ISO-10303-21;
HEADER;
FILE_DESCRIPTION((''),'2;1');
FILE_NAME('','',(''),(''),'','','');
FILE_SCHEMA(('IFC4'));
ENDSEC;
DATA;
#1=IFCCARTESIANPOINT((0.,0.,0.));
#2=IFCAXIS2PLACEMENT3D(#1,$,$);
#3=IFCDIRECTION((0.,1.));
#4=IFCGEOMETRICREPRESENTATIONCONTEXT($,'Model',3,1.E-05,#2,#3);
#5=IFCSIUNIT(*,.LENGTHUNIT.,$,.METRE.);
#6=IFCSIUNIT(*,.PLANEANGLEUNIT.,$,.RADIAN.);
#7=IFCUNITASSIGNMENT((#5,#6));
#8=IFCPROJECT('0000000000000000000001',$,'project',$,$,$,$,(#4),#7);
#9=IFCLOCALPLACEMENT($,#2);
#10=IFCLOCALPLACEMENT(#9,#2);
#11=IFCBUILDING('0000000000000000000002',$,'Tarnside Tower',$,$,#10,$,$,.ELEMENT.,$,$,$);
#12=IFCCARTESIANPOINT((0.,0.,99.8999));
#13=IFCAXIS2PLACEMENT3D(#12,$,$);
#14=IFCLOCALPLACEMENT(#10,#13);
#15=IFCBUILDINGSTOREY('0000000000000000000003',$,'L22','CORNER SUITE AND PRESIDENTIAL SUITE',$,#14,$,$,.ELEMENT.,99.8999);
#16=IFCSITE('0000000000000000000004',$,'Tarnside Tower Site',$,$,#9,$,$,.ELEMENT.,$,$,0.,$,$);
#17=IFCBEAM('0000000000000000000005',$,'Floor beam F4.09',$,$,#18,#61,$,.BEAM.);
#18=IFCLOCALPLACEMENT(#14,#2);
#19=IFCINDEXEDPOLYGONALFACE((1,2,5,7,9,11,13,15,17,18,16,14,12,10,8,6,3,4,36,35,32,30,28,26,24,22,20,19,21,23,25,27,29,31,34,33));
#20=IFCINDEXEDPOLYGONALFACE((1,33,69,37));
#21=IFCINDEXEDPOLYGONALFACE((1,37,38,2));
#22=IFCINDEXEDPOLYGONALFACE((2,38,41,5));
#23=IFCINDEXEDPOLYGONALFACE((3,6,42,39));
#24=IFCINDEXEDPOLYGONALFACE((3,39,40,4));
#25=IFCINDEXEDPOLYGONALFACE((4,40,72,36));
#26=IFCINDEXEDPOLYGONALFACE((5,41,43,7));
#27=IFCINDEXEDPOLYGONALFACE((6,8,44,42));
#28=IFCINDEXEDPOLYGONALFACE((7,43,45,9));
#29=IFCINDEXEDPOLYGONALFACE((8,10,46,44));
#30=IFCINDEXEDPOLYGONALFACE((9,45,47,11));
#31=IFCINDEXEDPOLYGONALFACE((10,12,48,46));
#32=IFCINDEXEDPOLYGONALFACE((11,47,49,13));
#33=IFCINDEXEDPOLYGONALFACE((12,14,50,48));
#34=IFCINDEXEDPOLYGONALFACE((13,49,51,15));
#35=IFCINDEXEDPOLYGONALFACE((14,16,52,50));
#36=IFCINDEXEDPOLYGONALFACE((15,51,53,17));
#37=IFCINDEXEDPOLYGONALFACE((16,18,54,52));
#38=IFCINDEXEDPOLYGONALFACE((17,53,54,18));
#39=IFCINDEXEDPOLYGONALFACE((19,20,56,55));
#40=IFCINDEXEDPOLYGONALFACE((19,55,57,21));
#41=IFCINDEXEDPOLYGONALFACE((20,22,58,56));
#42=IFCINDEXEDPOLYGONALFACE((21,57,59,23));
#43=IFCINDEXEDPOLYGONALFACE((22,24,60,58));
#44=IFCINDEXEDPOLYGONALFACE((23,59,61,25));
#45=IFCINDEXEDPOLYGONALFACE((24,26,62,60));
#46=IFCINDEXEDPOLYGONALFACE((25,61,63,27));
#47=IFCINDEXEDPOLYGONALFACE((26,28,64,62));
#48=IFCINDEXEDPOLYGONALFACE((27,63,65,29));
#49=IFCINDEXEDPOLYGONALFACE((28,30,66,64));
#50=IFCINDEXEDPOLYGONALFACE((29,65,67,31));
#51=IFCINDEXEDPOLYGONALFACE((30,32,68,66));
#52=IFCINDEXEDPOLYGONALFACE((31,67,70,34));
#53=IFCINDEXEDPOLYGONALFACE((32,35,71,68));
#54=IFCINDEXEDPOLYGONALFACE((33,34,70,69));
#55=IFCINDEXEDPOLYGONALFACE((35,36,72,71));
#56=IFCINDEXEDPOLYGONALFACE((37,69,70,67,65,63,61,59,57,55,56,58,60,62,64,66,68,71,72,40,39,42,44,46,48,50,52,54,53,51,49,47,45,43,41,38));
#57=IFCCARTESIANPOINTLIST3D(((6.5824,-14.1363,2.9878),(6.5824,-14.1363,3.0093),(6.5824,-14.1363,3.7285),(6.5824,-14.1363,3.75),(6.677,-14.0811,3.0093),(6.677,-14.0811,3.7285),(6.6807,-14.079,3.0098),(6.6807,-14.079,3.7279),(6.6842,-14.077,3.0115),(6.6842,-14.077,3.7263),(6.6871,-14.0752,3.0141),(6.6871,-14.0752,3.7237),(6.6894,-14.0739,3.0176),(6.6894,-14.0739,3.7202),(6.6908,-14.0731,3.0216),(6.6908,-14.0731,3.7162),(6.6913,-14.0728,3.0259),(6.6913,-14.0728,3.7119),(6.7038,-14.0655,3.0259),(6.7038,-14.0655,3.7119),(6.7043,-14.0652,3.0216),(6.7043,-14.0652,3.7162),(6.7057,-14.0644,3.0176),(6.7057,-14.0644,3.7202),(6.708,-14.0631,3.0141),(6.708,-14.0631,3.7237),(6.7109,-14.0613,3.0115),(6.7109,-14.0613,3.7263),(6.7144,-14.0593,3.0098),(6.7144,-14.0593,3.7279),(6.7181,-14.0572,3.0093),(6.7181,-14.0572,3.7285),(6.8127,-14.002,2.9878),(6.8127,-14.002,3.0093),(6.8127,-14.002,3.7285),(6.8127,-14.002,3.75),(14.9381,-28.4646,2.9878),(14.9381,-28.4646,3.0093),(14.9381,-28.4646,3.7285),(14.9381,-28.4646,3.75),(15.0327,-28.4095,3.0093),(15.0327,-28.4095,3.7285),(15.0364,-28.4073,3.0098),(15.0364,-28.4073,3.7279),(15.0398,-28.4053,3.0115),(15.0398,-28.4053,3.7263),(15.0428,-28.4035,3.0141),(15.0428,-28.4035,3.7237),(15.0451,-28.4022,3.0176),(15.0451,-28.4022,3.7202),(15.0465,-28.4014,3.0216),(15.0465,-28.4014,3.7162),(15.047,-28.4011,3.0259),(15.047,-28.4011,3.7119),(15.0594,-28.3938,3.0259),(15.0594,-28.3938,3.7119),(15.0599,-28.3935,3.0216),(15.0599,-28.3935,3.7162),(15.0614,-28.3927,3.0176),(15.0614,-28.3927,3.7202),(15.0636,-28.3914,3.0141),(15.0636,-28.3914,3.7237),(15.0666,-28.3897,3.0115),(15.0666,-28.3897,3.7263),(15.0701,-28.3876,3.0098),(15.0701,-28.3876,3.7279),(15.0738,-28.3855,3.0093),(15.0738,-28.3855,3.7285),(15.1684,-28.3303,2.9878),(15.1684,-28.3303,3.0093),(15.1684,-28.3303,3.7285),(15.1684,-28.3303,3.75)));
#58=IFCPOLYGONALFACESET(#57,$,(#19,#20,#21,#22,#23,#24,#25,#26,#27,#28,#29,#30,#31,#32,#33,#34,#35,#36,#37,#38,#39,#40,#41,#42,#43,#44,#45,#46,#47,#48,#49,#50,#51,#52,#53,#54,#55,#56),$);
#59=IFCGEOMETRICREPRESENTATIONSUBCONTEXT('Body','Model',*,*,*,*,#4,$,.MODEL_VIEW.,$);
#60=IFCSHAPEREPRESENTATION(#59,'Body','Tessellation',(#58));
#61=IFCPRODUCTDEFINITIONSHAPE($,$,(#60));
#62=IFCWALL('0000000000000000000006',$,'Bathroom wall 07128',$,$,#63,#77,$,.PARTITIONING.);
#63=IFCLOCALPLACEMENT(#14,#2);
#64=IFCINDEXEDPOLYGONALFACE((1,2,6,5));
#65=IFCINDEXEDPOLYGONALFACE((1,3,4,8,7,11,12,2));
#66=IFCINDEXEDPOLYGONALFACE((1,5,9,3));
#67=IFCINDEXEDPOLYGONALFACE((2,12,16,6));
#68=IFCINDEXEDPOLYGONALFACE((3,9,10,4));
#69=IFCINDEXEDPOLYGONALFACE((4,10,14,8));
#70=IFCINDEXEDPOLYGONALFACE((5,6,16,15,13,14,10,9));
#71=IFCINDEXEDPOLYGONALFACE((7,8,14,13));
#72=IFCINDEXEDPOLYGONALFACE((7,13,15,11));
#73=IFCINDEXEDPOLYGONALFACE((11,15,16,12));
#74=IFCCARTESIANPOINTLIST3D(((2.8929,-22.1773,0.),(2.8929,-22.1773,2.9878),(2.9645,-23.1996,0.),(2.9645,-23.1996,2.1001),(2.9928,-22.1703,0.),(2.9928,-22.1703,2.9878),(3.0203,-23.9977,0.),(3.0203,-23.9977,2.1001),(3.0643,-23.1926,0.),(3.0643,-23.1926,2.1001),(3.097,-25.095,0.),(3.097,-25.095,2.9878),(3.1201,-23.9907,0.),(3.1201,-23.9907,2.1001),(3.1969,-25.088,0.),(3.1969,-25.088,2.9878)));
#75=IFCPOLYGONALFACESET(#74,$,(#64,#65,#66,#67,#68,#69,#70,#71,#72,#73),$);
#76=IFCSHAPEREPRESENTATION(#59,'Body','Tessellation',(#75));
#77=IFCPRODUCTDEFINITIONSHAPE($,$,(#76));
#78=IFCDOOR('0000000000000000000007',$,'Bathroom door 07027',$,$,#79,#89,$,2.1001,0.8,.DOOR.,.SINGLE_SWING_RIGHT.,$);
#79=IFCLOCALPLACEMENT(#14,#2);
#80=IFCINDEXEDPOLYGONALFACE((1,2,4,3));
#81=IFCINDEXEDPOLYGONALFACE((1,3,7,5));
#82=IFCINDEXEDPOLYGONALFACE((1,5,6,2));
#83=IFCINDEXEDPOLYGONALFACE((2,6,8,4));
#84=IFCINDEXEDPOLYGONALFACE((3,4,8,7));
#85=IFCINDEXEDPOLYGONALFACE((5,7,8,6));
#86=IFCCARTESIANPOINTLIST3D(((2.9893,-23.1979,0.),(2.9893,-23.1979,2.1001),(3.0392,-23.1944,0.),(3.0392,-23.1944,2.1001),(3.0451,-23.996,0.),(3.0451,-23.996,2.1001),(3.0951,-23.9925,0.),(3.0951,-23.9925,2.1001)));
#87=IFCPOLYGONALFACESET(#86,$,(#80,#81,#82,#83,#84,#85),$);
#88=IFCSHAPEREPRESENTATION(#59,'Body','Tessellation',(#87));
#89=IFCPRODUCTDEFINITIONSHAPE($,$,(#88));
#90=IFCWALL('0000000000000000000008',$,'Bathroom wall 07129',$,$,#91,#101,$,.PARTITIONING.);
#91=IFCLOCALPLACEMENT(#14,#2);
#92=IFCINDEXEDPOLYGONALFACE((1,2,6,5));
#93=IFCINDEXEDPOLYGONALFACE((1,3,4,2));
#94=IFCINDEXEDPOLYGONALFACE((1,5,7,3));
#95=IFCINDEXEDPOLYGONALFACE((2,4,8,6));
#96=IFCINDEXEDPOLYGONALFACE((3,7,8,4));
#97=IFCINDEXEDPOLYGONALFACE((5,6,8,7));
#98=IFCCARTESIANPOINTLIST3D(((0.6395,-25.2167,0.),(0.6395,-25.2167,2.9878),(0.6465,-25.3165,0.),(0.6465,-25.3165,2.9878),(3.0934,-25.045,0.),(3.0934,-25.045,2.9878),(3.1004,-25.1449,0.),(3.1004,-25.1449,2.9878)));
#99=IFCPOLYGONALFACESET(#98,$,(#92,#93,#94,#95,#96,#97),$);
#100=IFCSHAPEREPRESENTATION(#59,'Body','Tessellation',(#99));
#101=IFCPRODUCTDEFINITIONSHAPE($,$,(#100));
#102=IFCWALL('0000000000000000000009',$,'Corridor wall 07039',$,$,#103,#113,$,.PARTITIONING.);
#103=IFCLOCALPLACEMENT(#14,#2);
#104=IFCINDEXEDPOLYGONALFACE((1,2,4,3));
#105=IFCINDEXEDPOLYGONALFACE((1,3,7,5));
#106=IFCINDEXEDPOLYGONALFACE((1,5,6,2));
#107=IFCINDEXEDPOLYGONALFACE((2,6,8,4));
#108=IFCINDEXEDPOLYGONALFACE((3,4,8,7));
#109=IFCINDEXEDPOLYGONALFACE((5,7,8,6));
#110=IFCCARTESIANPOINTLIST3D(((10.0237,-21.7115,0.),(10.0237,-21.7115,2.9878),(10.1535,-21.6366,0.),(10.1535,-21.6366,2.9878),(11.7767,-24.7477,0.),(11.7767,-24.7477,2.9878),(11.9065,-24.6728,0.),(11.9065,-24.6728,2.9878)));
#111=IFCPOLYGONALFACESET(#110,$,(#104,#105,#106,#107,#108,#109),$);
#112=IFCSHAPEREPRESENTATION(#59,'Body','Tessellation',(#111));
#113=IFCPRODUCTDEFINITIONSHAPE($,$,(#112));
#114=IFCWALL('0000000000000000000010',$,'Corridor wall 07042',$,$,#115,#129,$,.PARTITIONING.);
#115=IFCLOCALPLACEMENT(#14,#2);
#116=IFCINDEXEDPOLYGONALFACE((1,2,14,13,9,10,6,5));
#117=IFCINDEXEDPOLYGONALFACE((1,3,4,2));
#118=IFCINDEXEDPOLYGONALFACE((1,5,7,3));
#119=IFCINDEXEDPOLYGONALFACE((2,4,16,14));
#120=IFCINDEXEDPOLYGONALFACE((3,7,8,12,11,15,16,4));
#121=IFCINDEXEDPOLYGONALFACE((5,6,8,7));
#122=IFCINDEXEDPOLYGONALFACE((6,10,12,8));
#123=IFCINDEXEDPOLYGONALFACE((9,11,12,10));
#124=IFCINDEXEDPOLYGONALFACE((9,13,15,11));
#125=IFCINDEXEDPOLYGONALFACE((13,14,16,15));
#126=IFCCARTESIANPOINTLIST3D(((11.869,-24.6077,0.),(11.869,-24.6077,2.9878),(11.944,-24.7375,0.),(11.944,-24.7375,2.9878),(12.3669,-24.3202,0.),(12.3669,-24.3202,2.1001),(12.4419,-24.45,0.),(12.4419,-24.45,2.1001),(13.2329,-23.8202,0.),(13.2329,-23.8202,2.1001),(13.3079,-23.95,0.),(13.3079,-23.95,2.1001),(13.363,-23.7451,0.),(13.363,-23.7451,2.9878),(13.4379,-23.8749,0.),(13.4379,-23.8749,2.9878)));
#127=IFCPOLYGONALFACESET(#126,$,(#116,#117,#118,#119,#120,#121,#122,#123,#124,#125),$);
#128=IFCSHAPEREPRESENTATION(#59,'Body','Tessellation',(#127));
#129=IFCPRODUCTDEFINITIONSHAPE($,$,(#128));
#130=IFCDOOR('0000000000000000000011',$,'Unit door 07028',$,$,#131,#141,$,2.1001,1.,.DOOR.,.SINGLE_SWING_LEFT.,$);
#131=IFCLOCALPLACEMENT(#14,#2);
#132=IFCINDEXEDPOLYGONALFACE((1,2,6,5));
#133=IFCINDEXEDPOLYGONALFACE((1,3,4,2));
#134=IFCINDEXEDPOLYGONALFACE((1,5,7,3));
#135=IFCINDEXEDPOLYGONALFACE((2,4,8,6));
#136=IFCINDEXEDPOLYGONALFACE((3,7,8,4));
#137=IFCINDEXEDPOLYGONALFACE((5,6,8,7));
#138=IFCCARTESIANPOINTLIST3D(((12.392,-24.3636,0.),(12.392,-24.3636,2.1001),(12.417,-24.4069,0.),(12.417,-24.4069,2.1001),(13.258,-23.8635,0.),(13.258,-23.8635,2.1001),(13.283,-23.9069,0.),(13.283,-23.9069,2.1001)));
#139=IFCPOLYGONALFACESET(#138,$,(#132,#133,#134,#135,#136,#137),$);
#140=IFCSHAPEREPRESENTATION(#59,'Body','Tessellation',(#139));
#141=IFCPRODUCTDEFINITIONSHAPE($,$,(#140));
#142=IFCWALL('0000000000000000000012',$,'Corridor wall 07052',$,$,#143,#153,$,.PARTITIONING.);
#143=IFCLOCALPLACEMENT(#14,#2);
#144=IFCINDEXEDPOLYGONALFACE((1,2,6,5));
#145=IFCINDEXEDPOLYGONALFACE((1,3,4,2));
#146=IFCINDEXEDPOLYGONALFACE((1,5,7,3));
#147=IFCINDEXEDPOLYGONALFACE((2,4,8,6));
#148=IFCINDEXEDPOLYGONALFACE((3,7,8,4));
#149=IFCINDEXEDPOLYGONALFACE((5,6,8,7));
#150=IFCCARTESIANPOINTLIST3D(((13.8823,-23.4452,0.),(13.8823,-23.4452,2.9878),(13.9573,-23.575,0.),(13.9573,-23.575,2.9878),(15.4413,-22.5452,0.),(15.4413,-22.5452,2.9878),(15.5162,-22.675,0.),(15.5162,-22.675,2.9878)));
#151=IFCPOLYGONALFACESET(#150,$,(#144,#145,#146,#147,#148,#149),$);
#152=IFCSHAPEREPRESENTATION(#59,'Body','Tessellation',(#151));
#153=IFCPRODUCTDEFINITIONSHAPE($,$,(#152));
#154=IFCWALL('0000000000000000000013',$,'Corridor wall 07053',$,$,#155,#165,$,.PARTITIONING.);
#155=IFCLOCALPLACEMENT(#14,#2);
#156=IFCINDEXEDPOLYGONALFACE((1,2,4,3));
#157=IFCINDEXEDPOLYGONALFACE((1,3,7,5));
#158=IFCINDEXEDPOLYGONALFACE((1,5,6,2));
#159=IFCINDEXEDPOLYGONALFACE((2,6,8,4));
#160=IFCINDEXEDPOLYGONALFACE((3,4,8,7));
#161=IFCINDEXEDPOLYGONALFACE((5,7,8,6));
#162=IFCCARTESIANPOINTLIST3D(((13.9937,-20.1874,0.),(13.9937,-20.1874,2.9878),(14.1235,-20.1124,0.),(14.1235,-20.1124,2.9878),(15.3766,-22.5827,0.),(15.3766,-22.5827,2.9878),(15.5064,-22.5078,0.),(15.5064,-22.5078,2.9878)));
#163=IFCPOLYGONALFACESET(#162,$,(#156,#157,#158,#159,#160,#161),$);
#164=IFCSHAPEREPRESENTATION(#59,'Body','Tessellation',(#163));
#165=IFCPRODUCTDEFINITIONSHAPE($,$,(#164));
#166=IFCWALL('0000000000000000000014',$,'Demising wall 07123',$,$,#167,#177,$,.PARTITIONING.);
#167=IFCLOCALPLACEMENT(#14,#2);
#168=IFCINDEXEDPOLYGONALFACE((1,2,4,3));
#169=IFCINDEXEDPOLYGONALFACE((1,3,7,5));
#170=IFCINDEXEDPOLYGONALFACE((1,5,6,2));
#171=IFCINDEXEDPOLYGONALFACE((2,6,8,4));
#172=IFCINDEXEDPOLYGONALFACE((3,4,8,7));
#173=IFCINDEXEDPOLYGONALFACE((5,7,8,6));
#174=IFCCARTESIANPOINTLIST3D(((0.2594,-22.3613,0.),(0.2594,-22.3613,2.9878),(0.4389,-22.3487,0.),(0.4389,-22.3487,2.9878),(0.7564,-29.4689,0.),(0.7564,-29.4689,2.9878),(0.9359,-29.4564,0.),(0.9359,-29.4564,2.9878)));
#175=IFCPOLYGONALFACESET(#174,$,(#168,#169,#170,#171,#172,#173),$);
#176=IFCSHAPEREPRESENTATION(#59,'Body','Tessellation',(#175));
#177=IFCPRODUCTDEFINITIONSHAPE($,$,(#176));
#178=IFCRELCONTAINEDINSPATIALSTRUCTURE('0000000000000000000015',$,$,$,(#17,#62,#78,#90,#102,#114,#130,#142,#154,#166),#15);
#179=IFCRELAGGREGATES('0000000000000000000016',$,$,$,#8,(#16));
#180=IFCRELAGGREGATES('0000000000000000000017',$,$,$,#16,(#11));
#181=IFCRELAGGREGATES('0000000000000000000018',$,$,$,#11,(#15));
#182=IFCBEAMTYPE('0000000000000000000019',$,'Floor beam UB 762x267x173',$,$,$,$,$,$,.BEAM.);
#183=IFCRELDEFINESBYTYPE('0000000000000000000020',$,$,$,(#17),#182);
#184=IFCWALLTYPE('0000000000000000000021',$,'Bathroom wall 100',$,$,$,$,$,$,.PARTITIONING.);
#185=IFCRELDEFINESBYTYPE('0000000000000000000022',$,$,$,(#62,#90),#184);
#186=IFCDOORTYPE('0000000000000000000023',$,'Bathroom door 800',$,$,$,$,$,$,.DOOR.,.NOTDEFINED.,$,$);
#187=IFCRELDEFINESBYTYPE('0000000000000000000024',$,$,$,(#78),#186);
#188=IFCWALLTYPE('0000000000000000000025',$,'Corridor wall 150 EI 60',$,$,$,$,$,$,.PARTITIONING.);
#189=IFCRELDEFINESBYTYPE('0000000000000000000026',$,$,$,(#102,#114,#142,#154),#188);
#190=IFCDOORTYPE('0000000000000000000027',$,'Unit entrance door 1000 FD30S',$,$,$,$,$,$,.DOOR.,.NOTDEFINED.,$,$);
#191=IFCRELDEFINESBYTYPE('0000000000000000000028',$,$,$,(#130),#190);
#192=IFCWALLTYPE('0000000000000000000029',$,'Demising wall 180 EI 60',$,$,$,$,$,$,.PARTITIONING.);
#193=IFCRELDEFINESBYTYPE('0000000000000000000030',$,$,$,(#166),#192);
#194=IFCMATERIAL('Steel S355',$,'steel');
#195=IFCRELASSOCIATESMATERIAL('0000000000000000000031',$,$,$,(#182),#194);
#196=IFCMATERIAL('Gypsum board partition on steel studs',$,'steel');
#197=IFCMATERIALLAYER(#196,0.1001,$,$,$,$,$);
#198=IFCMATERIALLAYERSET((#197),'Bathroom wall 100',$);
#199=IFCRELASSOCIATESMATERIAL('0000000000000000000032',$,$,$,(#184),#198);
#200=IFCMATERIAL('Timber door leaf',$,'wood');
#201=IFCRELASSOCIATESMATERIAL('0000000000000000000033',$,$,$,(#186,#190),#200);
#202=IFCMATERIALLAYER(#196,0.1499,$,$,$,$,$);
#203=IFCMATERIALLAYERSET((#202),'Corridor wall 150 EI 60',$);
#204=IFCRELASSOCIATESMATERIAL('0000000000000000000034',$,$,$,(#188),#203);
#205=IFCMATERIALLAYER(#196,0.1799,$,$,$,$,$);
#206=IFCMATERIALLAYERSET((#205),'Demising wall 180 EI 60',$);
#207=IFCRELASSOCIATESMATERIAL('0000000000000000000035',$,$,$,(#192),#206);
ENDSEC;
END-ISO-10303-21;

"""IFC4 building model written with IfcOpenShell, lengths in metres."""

from ifc_helpers import new_model, si_unit, direction, frame, frame_2d, origin, origin_2d, place, context, subcontext, project, spatial, rectangle, i_section, extrude, material, layer, layer_set, material_profile, profile_set, type_object, element, fill, save


model = new_model("IFC4")

# Units and contexts
model_context = context("Model", 3, precision=1e-05, world=origin(), true_north=direction((0.0, 1.0)))
body_context = subcontext(model_context, "Body", "Model", "MODEL_VIEW")
ifc_project = project(units=[si_unit("LENGTHUNIT", "METRE"), si_unit("PLANEANGLEUNIT", "RADIAN")], contexts=[model_context])

# Site, building, storey
site_placement = place(None, origin())
site = spatial("IfcSite", under=ifc_project, at=site_placement, Name="Tarnside Tower Site", CompositionType="ELEMENT", RefElevation=0.0)
building_placement = place(site_placement, origin())
building = spatial("IfcBuilding", under=site, at=building_placement, Name="Tarnside Tower", CompositionType="ELEMENT")
storey_placement = place(building_placement, frame((0.0, 0.0, 99.8999)))
storey = spatial("IfcBuildingStorey", under=building, at=storey_placement, Name="L22", Description="CORNER SUITE AND PRESIDENTIAL SUITE", CompositionType="ELEMENT", Elevation=99.8999)

# Beam
ifc_material_1 = material(Name="Steel S355", Category="steel")
ifc_material_profile_1 = material_profile(ifc_material_1, i_section(OverallWidth=0.2666, OverallDepth=0.7622, WebThickness=0.0144, FlangeThickness=0.0215, FilletRadius=0.0166, at=origin_2d()), Name="UB 762x267x173")
ifc_profile_set_1 = profile_set([ifc_material_profile_1], Name="Steel S355")
beam_type_1 = type_object("IfcBeamType", Name="Floor beam UB 762x267x173", PredefinedType="BEAM", material=ifc_profile_set_1)
beam_1_placement = place(storey_placement, frame((15.0532, -28.3975, 3.3689), z_axis=(-0.503758, 0.863845, 0.0), x_axis=(-0.863845, -0.503758, 0.0)))
element("IfcBeam", 1, at=beam_1_placement, inside=storey, type_object=beam_type_1, Name="Floor beam F4.09", PredefinedType="BEAM", context=body_context, shape_type="SweptSolid", body=[
    extrude(i_section(OverallWidth=0.2666, OverallDepth=0.7622, WebThickness=0.0144, FlangeThickness=0.0215, FilletRadius=0.0166, at=origin_2d()), origin(), (0.0, 0.0, 1.0), 16.5867),
])

# Wall, opening, door
ifc_material_2 = material(Name="Gypsum board partition on steel studs", Category="steel")
ifc_layer_1 = layer(ifc_material_2, 0.1001)
ifc_layer_set_1 = layer_set([ifc_layer_1], Name="Bathroom wall 100")
wall_type_1 = type_object("IfcWallType", Name="Bathroom wall 100", PredefinedType="PARTITIONING", material=ifc_layer_set_1)
wall_1_placement = place(storey_placement, frame((2.9429, -22.1738, 0.0), z_axis=(0.0, 0.0, 1.0), x_axis=(0.069782, -0.997562, 0.0)))
wall_1 = element("IfcWall", 2, at=wall_1_placement, inside=storey, type_object=wall_type_1, Name="Bathroom wall 07128", PredefinedType="PARTITIONING", context=body_context, shape_type="SweptSolid", body=[
    extrude(rectangle(XDim=2.9248, YDim=0.1001, at=frame_2d((1.4624, 0.0))), origin(), (0.0, 0.0, 1.0), 2.9878),
])
opening_1_placement = place(wall_1_placement, frame((1.0249, 0.0, 0.0)))
opening_1 = element("IfcOpeningElement", 3, at=opening_1_placement, cuts=wall_1, PredefinedType="OPENING", context=body_context, shape_type="SweptSolid", body=[
    extrude(rectangle(XDim=0.8, YDim=2.1001, at=frame_2d((0.3999, 1.05))), frame((0.0, 0.0601, 0.0), z_axis=(0.0, -1.0, 0.0), x_axis=(1.0, 0.0, 0.0)), (0.0, 0.0, 1.0), 0.1201),
])
ifc_material_3 = material(Name="Timber door leaf", Category="wood")
door_type_1 = type_object("IfcDoorType", Name="Bathroom door 800", OperationType="NOTDEFINED", PredefinedType="DOOR", material=ifc_material_3)
door_1_placement = place(opening_1_placement, origin())
door_1 = element("IfcDoor", 4, at=door_1_placement, inside=storey, type_object=door_type_1, Name="Bathroom door 07027", OperationType="SINGLE_SWING_RIGHT", OverallHeight=2.1001, OverallWidth=0.8, PredefinedType="DOOR", context=body_context, shape_type="SweptSolid", body=[
    extrude(rectangle(XDim=0.8, YDim=2.1001, at=frame_2d((0.3999, 1.05))), frame((0.0, 0.0249, 0.0), z_axis=(0.0, -1.0, 0.0), x_axis=(1.0, 0.0, 0.0)), (0.0, 0.0, 1.0), 0.05),
])
fill(opening_1, door_1)

# Walls
wall_2_placement = place(storey_placement, frame((3.0969, -25.095, 0.0), z_axis=(0.0, 0.0, 1.0), x_axis=(-0.997563, -0.069773, 0.0)))
element("IfcWall", 5, at=wall_2_placement, inside=storey, type_object=wall_type_1, Name="Bathroom wall 07129", PredefinedType="PARTITIONING", context=body_context, shape_type="SweptSolid", body=[
    extrude(rectangle(XDim=2.46, YDim=0.1001, at=frame_2d((1.23, 0.0))), origin(), (0.0, 0.0, 1.0), 2.9878),
])
ifc_layer_2 = layer(ifc_material_2, 0.1499)
ifc_layer_set_2 = layer_set([ifc_layer_2], Name="Corridor wall 150 EI 60")
wall_type_2 = type_object("IfcWallType", Name="Corridor wall 150 EI 60", PredefinedType="PARTITIONING", material=ifc_layer_set_2)
wall_3_placement = place(storey_placement, frame((10.0886, -21.6741, 0.0), z_axis=(0.0, 0.0, 1.0), x_axis=(0.500004, -0.866023, 0.0)))
element("IfcWall", 6, at=wall_3_placement, inside=storey, type_object=wall_type_2, Name="Corridor wall 07039", PredefinedType="PARTITIONING", context=body_context, shape_type="SweptSolid", body=[
    extrude(rectangle(XDim=3.5059, YDim=0.1499, at=frame_2d((1.7529, 0.0))), origin(), (0.0, 0.0, 1.0), 2.9878),
])

# Wall, opening, door
wall_4_placement = place(storey_placement, frame((11.9065, -24.6726, 0.0), z_axis=(0.0, 0.0, 1.0), x_axis=(0.866014, 0.500021, 0.0)))
wall_4 = element("IfcWall", 7, at=wall_4_placement, inside=storey, type_object=wall_type_2, Name="Corridor wall 07042", PredefinedType="PARTITIONING", context=body_context, shape_type="SweptSolid", body=[
    extrude(rectangle(XDim=1.7251, YDim=0.1499, at=frame_2d((0.8625, 0.0))), origin(), (0.0, 0.0, 1.0), 2.9878),
])
opening_2_placement = place(wall_4_placement, frame((0.575, 0.0, 0.0)))
opening_2 = element("IfcOpeningElement", 8, at=opening_2_placement, cuts=wall_4, PredefinedType="OPENING", context=body_context, shape_type="SweptSolid", body=[
    extrude(rectangle(XDim=1.0, YDim=2.1001, at=frame_2d((0.5, 1.05))), frame((0.0, 0.085, 0.0), z_axis=(0.0, -1.0, 0.0), x_axis=(1.0, 0.0, 0.0)), (0.0, 0.0, 1.0), 0.1699),
])
door_type_2 = type_object("IfcDoorType", Name="Unit entrance door 1000 FD30S", OperationType="NOTDEFINED", PredefinedType="DOOR", material=ifc_material_3)
door_2_placement = place(opening_2_placement, origin())
door_2 = element("IfcDoor", 9, at=door_2_placement, inside=storey, type_object=door_type_2, Name="Unit door 07028", OperationType="SINGLE_SWING_LEFT", OverallHeight=2.1001, OverallWidth=1.0, PredefinedType="DOOR", context=body_context, shape_type="SweptSolid", body=[
    extrude(rectangle(XDim=1.0, YDim=2.1001, at=frame_2d((0.5, 1.05))), frame((0.0, 0.0249, 0.0), z_axis=(0.0, -1.0, 0.0), x_axis=(1.0, 0.0, 0.0)), (0.0, 0.0, 1.0), 0.05),
])
fill(opening_2, door_2)

# Walls
wall_5_placement = place(storey_placement, frame((13.9199, -23.51, 0.0), z_axis=(0.0, 0.0, 1.0), x_axis=(0.866048, 0.499961, 0.0)))
element("IfcWall", 10, at=wall_5_placement, inside=storey, type_object=wall_type_2, Name="Corridor wall 07052", PredefinedType="PARTITIONING", context=body_context, shape_type="SweptSolid", body=[
    extrude(rectangle(XDim=1.8, YDim=0.1499, at=frame_2d((0.8999, 0.0))), origin(), (0.0, 0.0, 1.0), 2.9878),
])
wall_6_placement = place(storey_placement, frame((15.4414, -22.5452, 0.0), z_axis=(0.0, 0.0, 1.0), x_axis=(-0.499975, 0.86604, 0.0)))
element("IfcWall", 11, at=wall_6_placement, inside=storey, type_object=wall_type_2, Name="Corridor wall 07053", PredefinedType="PARTITIONING", context=body_context, shape_type="SweptSolid", body=[
    extrude(rectangle(XDim=2.7659, YDim=0.1499, at=frame_2d((1.3828, 0.0))), origin(), (0.0, 0.0, 1.0), 2.9878),
])
ifc_layer_3 = layer(ifc_material_2, 0.1799)
ifc_layer_set_3 = layer_set([ifc_layer_3], Name="Demising wall 180 EI 60")
wall_type_3 = type_object("IfcWallType", Name="Demising wall 180 EI 60", PredefinedType="PARTITIONING", material=ifc_layer_set_3)
wall_7_placement = place(storey_placement, frame((0.8462, -29.4626, 0.0), z_axis=(0.0, 0.0, 1.0), x_axis=(-0.069764, 0.997564, 0.0)))
element("IfcWall", 12, at=wall_7_placement, inside=storey, type_object=wall_type_3, Name="Demising wall 07123", PredefinedType="PARTITIONING", context=body_context, shape_type="SweptSolid", body=[
    extrude(rectangle(XDim=7.125, YDim=0.1799, at=frame_2d((3.5625, 0.0))), origin(), (0.0, 0.0, 1.0), 2.9878),
])

save(model, "model.ifc")
